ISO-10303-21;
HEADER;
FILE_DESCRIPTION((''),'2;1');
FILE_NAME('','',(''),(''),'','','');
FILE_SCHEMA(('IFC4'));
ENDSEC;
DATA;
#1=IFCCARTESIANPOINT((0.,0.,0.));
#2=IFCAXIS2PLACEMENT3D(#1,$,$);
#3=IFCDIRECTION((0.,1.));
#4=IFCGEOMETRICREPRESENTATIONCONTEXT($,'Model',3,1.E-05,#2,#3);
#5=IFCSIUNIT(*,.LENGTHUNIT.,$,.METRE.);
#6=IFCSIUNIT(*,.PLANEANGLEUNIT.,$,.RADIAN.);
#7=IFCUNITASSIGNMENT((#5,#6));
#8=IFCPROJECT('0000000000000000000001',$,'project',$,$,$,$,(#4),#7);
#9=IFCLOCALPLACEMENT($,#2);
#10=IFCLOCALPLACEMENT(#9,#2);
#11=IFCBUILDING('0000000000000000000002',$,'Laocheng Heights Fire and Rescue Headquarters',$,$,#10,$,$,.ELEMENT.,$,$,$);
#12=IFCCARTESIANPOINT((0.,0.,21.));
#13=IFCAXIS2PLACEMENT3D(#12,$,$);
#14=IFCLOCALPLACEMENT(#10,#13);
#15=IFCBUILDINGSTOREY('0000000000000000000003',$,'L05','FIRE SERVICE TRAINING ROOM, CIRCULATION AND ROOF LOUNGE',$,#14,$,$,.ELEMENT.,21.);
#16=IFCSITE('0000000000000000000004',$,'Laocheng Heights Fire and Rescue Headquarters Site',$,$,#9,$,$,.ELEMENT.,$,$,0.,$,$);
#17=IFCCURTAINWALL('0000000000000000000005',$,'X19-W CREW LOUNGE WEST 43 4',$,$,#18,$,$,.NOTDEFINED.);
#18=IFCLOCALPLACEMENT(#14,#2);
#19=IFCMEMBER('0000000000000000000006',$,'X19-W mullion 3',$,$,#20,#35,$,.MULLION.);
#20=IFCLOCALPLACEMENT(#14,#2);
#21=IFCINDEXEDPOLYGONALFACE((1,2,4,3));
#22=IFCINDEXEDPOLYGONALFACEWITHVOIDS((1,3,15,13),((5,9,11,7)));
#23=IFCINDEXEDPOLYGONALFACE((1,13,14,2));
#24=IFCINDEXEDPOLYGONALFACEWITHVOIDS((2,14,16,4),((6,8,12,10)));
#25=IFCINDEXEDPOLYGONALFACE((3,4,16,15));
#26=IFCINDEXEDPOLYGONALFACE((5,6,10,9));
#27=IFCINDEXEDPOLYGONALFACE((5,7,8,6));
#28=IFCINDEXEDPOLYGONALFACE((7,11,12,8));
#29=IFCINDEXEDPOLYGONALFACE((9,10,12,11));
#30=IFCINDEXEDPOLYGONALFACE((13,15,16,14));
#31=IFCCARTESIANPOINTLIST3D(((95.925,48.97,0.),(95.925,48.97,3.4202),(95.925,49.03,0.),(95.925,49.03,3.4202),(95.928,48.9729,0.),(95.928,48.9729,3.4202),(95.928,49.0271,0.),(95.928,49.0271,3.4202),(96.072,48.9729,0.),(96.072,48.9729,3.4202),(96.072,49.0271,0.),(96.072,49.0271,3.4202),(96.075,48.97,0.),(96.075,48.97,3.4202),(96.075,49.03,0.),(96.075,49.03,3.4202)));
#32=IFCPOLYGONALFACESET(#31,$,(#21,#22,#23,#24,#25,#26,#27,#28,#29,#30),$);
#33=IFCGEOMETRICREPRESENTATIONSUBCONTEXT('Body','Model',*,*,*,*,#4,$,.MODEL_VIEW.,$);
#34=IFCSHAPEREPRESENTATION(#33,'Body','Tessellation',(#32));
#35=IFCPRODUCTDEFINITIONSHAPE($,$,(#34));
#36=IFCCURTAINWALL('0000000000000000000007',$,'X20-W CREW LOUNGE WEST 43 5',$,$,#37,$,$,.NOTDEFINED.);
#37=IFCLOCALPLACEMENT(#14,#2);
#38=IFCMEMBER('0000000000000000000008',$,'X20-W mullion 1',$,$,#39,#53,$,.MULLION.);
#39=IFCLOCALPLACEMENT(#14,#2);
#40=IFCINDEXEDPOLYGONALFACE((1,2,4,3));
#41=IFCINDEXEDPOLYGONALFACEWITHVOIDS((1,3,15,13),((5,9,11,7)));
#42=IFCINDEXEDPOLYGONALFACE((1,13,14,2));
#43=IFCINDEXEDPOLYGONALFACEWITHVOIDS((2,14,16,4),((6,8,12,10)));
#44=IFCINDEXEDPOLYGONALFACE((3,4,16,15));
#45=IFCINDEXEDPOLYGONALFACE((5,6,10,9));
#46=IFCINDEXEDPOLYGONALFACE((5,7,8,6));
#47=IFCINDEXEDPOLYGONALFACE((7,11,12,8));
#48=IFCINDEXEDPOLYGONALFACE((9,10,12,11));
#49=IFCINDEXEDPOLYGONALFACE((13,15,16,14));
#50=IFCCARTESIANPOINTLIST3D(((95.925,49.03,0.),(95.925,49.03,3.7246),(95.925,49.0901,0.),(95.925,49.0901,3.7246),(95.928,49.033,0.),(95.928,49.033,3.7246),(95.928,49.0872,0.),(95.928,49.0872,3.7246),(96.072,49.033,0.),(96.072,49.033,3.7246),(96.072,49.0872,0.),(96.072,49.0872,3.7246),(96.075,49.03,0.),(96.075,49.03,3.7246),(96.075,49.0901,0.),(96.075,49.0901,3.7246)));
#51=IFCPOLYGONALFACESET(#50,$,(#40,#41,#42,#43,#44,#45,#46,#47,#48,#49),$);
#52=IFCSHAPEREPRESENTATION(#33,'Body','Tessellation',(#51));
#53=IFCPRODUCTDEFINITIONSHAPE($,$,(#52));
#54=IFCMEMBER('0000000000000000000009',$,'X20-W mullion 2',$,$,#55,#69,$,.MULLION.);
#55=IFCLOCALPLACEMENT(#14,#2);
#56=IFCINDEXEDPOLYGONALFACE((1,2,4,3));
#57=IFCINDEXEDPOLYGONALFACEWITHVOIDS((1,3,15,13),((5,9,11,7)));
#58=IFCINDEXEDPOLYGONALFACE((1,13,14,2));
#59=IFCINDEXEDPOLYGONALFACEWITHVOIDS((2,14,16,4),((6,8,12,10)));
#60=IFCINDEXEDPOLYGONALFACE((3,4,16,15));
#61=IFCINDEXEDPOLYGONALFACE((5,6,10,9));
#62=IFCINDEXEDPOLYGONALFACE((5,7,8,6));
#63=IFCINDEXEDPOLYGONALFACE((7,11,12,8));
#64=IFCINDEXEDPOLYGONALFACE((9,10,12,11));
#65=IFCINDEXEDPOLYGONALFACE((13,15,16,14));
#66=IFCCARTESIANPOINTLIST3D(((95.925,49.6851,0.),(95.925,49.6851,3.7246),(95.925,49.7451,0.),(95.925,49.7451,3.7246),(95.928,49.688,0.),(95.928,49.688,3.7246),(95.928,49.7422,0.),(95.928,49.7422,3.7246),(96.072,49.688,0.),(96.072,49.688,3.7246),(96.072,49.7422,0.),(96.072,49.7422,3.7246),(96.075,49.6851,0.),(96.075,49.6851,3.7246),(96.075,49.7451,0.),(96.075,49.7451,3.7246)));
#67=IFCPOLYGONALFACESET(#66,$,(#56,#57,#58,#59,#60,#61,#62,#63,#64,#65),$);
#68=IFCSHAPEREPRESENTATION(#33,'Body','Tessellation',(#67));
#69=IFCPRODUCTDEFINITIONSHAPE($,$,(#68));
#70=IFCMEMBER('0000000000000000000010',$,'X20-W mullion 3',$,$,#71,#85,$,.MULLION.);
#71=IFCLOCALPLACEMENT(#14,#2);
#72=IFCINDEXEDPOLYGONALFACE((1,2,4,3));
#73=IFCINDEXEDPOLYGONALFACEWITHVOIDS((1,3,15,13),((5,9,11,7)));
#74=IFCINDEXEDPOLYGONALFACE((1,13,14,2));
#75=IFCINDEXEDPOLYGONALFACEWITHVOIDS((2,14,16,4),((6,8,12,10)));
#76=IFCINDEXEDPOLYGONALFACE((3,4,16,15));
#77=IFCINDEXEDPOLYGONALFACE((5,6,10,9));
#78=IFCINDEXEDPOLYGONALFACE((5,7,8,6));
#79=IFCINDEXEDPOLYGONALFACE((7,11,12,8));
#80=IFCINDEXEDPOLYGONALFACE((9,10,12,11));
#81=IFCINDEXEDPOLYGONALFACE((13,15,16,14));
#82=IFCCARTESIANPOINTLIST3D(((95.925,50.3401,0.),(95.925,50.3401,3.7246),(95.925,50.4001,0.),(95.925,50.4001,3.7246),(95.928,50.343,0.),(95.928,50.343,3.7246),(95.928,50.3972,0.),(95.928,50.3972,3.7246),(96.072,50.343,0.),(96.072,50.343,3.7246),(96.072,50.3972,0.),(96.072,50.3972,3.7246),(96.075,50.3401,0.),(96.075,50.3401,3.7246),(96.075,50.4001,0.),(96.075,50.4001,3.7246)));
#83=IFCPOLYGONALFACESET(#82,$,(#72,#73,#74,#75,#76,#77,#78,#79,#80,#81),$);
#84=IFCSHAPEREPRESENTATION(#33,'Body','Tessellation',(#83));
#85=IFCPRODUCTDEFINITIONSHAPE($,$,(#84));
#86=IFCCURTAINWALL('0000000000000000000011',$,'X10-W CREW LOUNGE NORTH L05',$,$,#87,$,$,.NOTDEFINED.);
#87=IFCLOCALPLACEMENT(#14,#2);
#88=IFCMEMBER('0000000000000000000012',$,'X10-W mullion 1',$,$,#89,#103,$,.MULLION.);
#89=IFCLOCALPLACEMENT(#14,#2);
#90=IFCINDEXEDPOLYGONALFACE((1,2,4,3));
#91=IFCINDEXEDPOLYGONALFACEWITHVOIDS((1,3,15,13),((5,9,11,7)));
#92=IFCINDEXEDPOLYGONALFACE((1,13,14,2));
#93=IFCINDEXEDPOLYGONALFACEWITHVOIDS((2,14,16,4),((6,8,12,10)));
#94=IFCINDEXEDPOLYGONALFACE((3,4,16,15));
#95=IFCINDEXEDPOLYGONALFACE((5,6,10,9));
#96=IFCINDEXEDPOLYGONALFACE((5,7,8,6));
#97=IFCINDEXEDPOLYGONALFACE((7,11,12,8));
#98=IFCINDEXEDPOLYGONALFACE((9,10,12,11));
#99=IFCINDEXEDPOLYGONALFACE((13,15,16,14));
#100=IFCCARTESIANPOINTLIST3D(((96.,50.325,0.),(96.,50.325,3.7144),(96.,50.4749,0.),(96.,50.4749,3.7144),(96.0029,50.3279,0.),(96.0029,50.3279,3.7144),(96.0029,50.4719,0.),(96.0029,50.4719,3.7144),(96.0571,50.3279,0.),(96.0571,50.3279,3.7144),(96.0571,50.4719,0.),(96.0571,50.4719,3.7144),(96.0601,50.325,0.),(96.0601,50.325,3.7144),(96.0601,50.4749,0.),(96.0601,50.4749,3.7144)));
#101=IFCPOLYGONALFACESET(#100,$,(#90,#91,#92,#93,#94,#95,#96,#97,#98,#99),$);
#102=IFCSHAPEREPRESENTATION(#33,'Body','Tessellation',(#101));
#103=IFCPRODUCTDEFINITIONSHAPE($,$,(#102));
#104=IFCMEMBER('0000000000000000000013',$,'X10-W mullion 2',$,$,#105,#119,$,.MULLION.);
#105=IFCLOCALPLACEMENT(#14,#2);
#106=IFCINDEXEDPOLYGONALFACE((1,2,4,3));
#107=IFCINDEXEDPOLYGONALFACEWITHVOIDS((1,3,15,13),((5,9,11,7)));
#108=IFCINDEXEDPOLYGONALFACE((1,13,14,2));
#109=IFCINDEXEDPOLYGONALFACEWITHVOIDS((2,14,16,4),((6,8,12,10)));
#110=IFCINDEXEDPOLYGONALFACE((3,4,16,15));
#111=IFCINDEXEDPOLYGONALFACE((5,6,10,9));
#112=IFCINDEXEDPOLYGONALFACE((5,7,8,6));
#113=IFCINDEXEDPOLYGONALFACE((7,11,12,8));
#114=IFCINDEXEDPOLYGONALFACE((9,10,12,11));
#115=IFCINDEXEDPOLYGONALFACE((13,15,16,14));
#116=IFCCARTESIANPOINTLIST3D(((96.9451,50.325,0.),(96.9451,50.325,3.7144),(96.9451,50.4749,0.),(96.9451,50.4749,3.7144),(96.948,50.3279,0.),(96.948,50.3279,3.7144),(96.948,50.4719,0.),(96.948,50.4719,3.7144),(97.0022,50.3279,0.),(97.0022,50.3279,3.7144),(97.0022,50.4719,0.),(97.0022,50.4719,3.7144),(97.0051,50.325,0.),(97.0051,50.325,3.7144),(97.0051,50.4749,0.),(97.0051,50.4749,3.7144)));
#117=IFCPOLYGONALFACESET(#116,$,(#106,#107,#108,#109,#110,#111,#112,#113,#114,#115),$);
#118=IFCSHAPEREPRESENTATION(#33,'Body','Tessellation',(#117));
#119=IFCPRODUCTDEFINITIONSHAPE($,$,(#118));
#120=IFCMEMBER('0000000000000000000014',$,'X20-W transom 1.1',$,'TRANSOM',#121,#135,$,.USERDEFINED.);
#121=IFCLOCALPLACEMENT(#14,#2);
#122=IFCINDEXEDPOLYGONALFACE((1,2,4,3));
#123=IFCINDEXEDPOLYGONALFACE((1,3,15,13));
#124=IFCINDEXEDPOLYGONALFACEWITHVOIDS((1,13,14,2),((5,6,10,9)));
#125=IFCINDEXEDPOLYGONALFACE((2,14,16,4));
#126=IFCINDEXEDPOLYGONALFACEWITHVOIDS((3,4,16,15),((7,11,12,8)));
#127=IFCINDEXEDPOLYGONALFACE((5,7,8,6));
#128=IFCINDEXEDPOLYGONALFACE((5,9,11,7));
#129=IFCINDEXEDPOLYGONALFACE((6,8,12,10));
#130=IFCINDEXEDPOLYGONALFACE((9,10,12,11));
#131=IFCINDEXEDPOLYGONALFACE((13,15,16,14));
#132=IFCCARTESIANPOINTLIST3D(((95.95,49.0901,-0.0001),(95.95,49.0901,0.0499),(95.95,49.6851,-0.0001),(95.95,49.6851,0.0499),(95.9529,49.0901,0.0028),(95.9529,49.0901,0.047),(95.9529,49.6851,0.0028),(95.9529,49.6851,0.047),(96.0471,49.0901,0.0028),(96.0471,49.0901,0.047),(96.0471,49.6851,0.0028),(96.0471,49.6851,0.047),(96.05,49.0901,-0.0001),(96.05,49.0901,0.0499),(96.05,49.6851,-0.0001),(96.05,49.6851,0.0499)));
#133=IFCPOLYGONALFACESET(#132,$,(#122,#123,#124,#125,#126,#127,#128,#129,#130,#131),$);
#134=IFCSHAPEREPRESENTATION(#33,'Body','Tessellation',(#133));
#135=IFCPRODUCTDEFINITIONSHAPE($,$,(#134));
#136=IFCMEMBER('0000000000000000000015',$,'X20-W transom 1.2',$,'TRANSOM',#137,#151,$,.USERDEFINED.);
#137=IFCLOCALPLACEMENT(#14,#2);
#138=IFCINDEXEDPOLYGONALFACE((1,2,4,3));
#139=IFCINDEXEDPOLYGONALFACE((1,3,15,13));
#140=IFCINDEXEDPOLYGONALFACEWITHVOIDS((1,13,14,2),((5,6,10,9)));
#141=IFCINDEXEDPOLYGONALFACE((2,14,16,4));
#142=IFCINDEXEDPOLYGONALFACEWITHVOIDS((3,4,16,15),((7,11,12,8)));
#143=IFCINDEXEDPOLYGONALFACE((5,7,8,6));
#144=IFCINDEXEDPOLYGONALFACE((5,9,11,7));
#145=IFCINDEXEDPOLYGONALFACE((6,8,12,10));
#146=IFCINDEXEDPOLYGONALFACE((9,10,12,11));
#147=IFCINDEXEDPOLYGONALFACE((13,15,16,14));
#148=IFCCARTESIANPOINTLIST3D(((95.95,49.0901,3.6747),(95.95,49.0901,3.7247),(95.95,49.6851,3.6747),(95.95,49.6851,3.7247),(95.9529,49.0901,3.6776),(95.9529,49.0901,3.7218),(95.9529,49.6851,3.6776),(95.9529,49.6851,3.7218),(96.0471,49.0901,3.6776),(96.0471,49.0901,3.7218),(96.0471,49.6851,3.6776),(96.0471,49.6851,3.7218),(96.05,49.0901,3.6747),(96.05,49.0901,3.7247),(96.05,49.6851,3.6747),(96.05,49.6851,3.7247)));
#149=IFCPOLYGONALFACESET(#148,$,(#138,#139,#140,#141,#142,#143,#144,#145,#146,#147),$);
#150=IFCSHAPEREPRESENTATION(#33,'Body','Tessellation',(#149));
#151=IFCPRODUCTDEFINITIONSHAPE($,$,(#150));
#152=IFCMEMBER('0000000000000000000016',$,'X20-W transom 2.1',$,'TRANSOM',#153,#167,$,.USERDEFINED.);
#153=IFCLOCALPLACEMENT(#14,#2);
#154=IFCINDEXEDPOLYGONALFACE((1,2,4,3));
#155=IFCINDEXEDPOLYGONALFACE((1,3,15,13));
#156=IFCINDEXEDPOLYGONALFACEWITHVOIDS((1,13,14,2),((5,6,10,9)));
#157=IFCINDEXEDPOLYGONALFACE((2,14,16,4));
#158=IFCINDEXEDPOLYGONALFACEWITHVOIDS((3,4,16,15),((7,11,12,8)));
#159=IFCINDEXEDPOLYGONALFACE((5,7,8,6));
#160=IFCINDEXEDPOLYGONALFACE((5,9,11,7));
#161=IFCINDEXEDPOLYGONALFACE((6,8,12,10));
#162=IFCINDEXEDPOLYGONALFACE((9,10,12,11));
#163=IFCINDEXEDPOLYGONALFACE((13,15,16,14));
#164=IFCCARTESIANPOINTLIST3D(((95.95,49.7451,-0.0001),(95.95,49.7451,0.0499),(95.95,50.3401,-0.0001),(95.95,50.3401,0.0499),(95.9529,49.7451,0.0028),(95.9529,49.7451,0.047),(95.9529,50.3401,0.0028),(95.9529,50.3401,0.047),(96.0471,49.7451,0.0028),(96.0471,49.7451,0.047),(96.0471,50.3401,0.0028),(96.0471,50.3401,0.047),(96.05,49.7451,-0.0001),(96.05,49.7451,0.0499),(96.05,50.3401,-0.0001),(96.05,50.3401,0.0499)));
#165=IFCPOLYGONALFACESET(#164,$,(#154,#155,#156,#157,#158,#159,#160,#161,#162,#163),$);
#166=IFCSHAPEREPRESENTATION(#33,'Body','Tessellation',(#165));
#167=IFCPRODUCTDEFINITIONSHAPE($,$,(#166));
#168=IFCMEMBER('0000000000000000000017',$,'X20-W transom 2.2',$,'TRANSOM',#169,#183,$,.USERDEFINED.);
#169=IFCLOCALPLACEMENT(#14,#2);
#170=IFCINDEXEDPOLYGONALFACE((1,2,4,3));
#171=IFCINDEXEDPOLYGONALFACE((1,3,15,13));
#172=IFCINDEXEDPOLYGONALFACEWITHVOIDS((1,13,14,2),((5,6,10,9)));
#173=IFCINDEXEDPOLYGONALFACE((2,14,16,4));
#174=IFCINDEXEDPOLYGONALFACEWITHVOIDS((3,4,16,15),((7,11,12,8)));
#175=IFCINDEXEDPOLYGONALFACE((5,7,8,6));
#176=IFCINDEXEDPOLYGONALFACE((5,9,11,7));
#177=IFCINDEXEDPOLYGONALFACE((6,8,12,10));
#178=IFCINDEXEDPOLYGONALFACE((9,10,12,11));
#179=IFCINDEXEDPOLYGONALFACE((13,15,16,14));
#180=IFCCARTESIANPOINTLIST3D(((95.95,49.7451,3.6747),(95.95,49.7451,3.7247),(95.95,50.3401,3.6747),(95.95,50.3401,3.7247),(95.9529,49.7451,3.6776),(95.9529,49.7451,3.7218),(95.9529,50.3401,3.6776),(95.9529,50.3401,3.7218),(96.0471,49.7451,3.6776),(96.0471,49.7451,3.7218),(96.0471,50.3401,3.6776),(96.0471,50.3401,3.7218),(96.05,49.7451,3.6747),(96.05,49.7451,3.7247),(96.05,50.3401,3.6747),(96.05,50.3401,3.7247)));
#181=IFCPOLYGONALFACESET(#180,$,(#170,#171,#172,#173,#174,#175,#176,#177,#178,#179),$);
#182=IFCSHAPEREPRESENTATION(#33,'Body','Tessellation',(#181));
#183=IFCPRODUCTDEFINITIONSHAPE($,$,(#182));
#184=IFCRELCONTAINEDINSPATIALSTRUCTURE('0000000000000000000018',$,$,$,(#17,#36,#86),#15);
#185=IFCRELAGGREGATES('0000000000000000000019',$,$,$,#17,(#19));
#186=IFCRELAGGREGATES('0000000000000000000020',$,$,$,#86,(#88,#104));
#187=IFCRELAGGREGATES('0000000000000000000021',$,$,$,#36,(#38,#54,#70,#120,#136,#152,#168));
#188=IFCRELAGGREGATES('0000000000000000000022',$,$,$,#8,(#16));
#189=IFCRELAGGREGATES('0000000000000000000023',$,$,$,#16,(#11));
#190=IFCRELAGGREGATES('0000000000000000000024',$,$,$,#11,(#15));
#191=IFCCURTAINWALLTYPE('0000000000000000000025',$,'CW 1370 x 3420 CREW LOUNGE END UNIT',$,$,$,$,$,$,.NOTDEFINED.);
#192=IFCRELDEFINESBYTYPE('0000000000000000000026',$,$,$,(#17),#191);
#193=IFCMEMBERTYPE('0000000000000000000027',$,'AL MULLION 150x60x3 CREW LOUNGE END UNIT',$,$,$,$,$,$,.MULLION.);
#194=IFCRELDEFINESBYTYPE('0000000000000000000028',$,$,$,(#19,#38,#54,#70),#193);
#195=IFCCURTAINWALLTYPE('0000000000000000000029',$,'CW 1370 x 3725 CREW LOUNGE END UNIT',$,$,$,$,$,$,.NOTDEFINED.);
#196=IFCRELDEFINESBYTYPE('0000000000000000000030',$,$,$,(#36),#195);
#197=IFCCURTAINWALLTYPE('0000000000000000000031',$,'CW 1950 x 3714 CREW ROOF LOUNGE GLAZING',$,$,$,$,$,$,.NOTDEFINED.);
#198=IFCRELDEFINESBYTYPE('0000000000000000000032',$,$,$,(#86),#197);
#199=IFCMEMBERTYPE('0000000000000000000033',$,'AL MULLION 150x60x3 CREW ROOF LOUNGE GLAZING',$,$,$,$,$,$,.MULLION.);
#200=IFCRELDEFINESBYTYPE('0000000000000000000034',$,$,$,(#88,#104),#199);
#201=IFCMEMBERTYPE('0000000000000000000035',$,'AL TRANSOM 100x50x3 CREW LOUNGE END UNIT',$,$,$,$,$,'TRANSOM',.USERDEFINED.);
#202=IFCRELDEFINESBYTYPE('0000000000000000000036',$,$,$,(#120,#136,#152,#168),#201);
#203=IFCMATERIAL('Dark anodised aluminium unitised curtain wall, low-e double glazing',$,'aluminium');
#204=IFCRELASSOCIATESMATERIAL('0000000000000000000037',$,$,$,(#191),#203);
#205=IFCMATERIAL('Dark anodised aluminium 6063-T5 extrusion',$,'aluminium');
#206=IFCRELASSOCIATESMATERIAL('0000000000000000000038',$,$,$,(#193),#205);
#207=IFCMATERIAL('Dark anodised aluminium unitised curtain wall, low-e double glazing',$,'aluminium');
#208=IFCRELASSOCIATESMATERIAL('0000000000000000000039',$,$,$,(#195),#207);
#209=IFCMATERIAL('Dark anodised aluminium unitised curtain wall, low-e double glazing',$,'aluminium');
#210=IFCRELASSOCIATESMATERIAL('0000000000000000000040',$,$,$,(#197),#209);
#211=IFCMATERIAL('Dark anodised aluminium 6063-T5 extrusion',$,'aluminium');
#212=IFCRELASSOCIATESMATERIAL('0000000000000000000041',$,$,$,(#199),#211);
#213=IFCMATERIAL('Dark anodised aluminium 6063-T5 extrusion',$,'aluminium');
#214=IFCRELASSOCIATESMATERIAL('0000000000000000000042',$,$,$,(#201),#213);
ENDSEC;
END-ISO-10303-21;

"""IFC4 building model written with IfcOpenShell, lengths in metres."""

from ifc_helpers import new_model, si_unit, direction, frame, origin, origin_2d, place, context, subcontext, project, spatial, hollow_rectangle, extrude, material, material_profile, profile_set, type_object, element, aggregate, save


model = new_model("IFC4")

# Units and contexts
model_context = context("Model", 3, precision=1e-05, world=origin(), true_north=direction((0.0, 1.0)))
body_context = subcontext(model_context, "Body", "Model", "MODEL_VIEW")
ifc_project = project(units=[si_unit("LENGTHUNIT", "METRE"), si_unit("PLANEANGLEUNIT", "RADIAN")], contexts=[model_context])

# Site, building, storey
site_placement = place(None, origin())
site = spatial("IfcSite", under=ifc_project, at=site_placement, Name="Laocheng Heights Fire and Rescue Headquarters Site", CompositionType="ELEMENT", RefElevation=0.0)
building_placement = place(site_placement, origin())
building = spatial("IfcBuilding", under=site, at=building_placement, Name="Laocheng Heights Fire and Rescue Headquarters", CompositionType="ELEMENT")
storey_placement = place(building_placement, frame((0.0, 0.0, 21.0)))
storey = spatial("IfcBuildingStorey", under=building, at=storey_placement, Name="L05", Description="FIRE SERVICE TRAINING ROOM, CIRCULATION AND ROOF LOUNGE", CompositionType="ELEMENT", Elevation=21.0)

# Curtain wall, member
ifc_material_1 = material(Name="Dark anodised aluminium unitised curtain wall, low-e double glazing", Category="aluminium")
curtain_wall_type_1 = type_object("IfcCurtainWallType", Name="CW 1370 x 3420 CREW LOUNGE END UNIT", PredefinedType="NOTDEFINED", material=ifc_material_1)
curtain_wall_1_placement = place(storey_placement, origin())
curtain_wall_1 = element("IfcCurtainWall", 1, at=curtain_wall_1_placement, inside=storey, type_object=curtain_wall_type_1, Name="X19-W CREW LOUNGE WEST 43 4", PredefinedType="NOTDEFINED")
ifc_material_2 = material(Name="Dark anodised aluminium 6063-T5 extrusion", Category="aluminium")
ifc_material_profile_1 = material_profile(ifc_material_2, hollow_rectangle(XDim=0.1499, YDim=0.0601, WallThickness=0.0029, at=origin_2d()), Name="AL MULLION 150x60x3 CREW LOUNGE END UNIT")
ifc_profile_set_1 = profile_set([ifc_material_profile_1], Name="Dark anodised aluminium 6063-T5 extrusion")
member_type_1 = type_object("IfcMemberType", Name="AL MULLION 150x60x3 CREW LOUNGE END UNIT", PredefinedType="MULLION", material=ifc_profile_set_1)
member_1_placement = place(storey_placement, frame((96.0, 49.0, 0.0), z_axis=(0.0, 0.0, 1.0), x_axis=(-1.0, 0.0, 0.0)))
member_1 = element("IfcMember", 2, at=member_1_placement, type_object=member_type_1, Name="X19-W mullion 3", PredefinedType="MULLION", context=body_context, shape_type="SweptSolid", body=[
    extrude(hollow_rectangle(XDim=0.1499, YDim=0.0601, WallThickness=0.0029, at=origin_2d()), origin(), (0.0, 0.0, 1.0), 3.4202),
])
aggregate(curtain_wall_1, [member_1])

# Curtain walls, members
ifc_material_3 = material(Name="Dark anodised aluminium unitised curtain wall, low-e double glazing", Category="aluminium")
curtain_wall_type_2 = type_object("IfcCurtainWallType", Name="CW 1370 x 3725 CREW LOUNGE END UNIT", PredefinedType="NOTDEFINED", material=ifc_material_3)
curtain_wall_2_placement = place(storey_placement, origin())
curtain_wall_2 = element("IfcCurtainWall", 3, at=curtain_wall_2_placement, inside=storey, type_object=curtain_wall_type_2, Name="X20-W CREW LOUNGE WEST 43 5", PredefinedType="NOTDEFINED")
member_2_placement = place(storey_placement, frame((96.0, 49.0601, 0.0), z_axis=(0.0, 0.0, 1.0), x_axis=(-1.0, 0.0, 0.0)))
member_2 = element("IfcMember", 4, at=member_2_placement, type_object=member_type_1, Name="X20-W mullion 1", PredefinedType="MULLION", context=body_context, shape_type="SweptSolid", body=[
    extrude(hollow_rectangle(XDim=0.1499, YDim=0.0601, WallThickness=0.0029, at=origin_2d()), origin(), (0.0, 0.0, 1.0), 3.7246),
])
member_3_placement = place(storey_placement, frame((96.0, 49.7151, 0.0), z_axis=(0.0, 0.0, 1.0), x_axis=(-1.0, 0.0, 0.0)))
member_3 = element("IfcMember", 5, at=member_3_placement, type_object=member_type_1, Name="X20-W mullion 2", PredefinedType="MULLION", context=body_context, shape_type="SweptSolid", body=[
    extrude(hollow_rectangle(XDim=0.1499, YDim=0.0601, WallThickness=0.0029, at=origin_2d()), origin(), (0.0, 0.0, 1.0), 3.7246),
])
member_4_placement = place(storey_placement, frame((96.0, 50.3701, 0.0), z_axis=(0.0, 0.0, 1.0), x_axis=(-1.0, 0.0, 0.0)))
member_4 = element("IfcMember", 6, at=member_4_placement, type_object=member_type_1, Name="X20-W mullion 3", PredefinedType="MULLION", context=body_context, shape_type="SweptSolid", body=[
    extrude(hollow_rectangle(XDim=0.1499, YDim=0.0601, WallThickness=0.0029, at=origin_2d()), origin(), (0.0, 0.0, 1.0), 3.7246),
])
ifc_material_4 = material(Name="Dark anodised aluminium unitised curtain wall, low-e double glazing", Category="aluminium")
curtain_wall_type_3 = type_object("IfcCurtainWallType", Name="CW 1950 x 3714 CREW ROOF LOUNGE GLAZING", PredefinedType="NOTDEFINED", material=ifc_material_4)
curtain_wall_3_placement = place(storey_placement, origin())
curtain_wall_3 = element("IfcCurtainWall", 7, at=curtain_wall_3_placement, inside=storey, type_object=curtain_wall_type_3, Name="X10-W CREW LOUNGE NORTH L05", PredefinedType="NOTDEFINED")
ifc_material_5 = material(Name="Dark anodised aluminium 6063-T5 extrusion", Category="aluminium")
ifc_material_profile_2 = material_profile(ifc_material_5, hollow_rectangle(XDim=0.1499, YDim=0.0601, WallThickness=0.0029, at=origin_2d()), Name="AL MULLION 150x60x3 CREW ROOF LOUNGE GLAZING")
ifc_profile_set_2 = profile_set([ifc_material_profile_2], Name="Dark anodised aluminium 6063-T5 extrusion")
member_type_2 = type_object("IfcMemberType", Name="AL MULLION 150x60x3 CREW ROOF LOUNGE GLAZING", PredefinedType="MULLION", material=ifc_profile_set_2)
member_5_placement = place(storey_placement, frame((96.03, 50.3999, 0.0), z_axis=(0.0, 0.0, 1.0), x_axis=(0.0, 1.0, 0.0)))
member_5 = element("IfcMember", 8, at=member_5_placement, type_object=member_type_2, Name="X10-W mullion 1", PredefinedType="MULLION", context=body_context, shape_type="SweptSolid", body=[
    extrude(hollow_rectangle(XDim=0.1499, YDim=0.0601, WallThickness=0.0029, at=origin_2d()), origin(), (0.0, 0.0, 1.0), 3.7144),
])
member_6_placement = place(storey_placement, frame((96.9751, 50.3999, 0.0), z_axis=(0.0, 0.0, 1.0), x_axis=(0.0, 1.0, 0.0)))
member_6 = element("IfcMember", 9, at=member_6_placement, type_object=member_type_2, Name="X10-W mullion 2", PredefinedType="MULLION", context=body_context, shape_type="SweptSolid", body=[
    extrude(hollow_rectangle(XDim=0.1499, YDim=0.0601, WallThickness=0.0029, at=origin_2d()), origin(), (0.0, 0.0, 1.0), 3.7144),
])

# Members
ifc_material_6 = material(Name="Dark anodised aluminium 6063-T5 extrusion", Category="aluminium")
ifc_material_profile_3 = material_profile(ifc_material_6, hollow_rectangle(XDim=0.1001, YDim=0.05, WallThickness=0.0029, at=origin_2d()), Name="AL TRANSOM 100x50x3 CREW LOUNGE END UNIT")
ifc_profile_set_3 = profile_set([ifc_material_profile_3], Name="Dark anodised aluminium 6063-T5 extrusion")
member_type_3 = type_object("IfcMemberType", Name="AL TRANSOM 100x50x3 CREW LOUNGE END UNIT", ElementType="TRANSOM", PredefinedType="USERDEFINED", material=ifc_profile_set_3)
member_7_placement = place(storey_placement, frame((96.0, 49.0901, 0.0249), z_axis=(0.0, 1.0, 0.0), x_axis=(-1.0, 0.0, 0.0)))
member_7 = element("IfcMember", 10, at=member_7_placement, type_object=member_type_3, Name="X20-W transom 1.1", ObjectType="TRANSOM", PredefinedType="USERDEFINED", context=body_context, shape_type="SweptSolid", body=[
    extrude(hollow_rectangle(XDim=0.1001, YDim=0.05, WallThickness=0.0029, at=origin_2d()), origin(), (0.0, 0.0, 1.0), 0.595),
])
member_8_placement = place(storey_placement, frame((96.0, 49.0901, 3.6997), z_axis=(0.0, 1.0, 0.0), x_axis=(-1.0, 0.0, 0.0)))
member_8 = element("IfcMember", 11, at=member_8_placement, type_object=member_type_3, Name="X20-W transom 1.2", ObjectType="TRANSOM", PredefinedType="USERDEFINED", context=body_context, shape_type="SweptSolid", body=[
    extrude(hollow_rectangle(XDim=0.1001, YDim=0.05, WallThickness=0.0029, at=origin_2d()), origin(), (0.0, 0.0, 1.0), 0.595),
])
member_9_placement = place(storey_placement, frame((96.0, 49.7451, 0.0249), z_axis=(0.0, 1.0, 0.0), x_axis=(-1.0, 0.0, 0.0)))
member_9 = element("IfcMember", 12, at=member_9_placement, type_object=member_type_3, Name="X20-W transom 2.1", ObjectType="TRANSOM", PredefinedType="USERDEFINED", context=body_context, shape_type="SweptSolid", body=[
    extrude(hollow_rectangle(XDim=0.1001, YDim=0.05, WallThickness=0.0029, at=origin_2d()), origin(), (0.0, 0.0, 1.0), 0.595),
])
member_10_placement = place(storey_placement, frame((96.0, 49.7451, 3.6997), z_axis=(0.0, 1.0, 0.0), x_axis=(-1.0, 0.0, 0.0)))
member_10 = element("IfcMember", 13, at=member_10_placement, type_object=member_type_3, Name="X20-W transom 2.2", ObjectType="TRANSOM", PredefinedType="USERDEFINED", context=body_context, shape_type="SweptSolid", body=[
    extrude(hollow_rectangle(XDim=0.1001, YDim=0.05, WallThickness=0.0029, at=origin_2d()), origin(), (0.0, 0.0, 1.0), 0.595),
])

aggregate(curtain_wall_3, [member_5, member_6])
aggregate(curtain_wall_2, [member_2, member_3, member_4, member_7, member_8, member_9, member_10])

save(model, "model.ifc")
